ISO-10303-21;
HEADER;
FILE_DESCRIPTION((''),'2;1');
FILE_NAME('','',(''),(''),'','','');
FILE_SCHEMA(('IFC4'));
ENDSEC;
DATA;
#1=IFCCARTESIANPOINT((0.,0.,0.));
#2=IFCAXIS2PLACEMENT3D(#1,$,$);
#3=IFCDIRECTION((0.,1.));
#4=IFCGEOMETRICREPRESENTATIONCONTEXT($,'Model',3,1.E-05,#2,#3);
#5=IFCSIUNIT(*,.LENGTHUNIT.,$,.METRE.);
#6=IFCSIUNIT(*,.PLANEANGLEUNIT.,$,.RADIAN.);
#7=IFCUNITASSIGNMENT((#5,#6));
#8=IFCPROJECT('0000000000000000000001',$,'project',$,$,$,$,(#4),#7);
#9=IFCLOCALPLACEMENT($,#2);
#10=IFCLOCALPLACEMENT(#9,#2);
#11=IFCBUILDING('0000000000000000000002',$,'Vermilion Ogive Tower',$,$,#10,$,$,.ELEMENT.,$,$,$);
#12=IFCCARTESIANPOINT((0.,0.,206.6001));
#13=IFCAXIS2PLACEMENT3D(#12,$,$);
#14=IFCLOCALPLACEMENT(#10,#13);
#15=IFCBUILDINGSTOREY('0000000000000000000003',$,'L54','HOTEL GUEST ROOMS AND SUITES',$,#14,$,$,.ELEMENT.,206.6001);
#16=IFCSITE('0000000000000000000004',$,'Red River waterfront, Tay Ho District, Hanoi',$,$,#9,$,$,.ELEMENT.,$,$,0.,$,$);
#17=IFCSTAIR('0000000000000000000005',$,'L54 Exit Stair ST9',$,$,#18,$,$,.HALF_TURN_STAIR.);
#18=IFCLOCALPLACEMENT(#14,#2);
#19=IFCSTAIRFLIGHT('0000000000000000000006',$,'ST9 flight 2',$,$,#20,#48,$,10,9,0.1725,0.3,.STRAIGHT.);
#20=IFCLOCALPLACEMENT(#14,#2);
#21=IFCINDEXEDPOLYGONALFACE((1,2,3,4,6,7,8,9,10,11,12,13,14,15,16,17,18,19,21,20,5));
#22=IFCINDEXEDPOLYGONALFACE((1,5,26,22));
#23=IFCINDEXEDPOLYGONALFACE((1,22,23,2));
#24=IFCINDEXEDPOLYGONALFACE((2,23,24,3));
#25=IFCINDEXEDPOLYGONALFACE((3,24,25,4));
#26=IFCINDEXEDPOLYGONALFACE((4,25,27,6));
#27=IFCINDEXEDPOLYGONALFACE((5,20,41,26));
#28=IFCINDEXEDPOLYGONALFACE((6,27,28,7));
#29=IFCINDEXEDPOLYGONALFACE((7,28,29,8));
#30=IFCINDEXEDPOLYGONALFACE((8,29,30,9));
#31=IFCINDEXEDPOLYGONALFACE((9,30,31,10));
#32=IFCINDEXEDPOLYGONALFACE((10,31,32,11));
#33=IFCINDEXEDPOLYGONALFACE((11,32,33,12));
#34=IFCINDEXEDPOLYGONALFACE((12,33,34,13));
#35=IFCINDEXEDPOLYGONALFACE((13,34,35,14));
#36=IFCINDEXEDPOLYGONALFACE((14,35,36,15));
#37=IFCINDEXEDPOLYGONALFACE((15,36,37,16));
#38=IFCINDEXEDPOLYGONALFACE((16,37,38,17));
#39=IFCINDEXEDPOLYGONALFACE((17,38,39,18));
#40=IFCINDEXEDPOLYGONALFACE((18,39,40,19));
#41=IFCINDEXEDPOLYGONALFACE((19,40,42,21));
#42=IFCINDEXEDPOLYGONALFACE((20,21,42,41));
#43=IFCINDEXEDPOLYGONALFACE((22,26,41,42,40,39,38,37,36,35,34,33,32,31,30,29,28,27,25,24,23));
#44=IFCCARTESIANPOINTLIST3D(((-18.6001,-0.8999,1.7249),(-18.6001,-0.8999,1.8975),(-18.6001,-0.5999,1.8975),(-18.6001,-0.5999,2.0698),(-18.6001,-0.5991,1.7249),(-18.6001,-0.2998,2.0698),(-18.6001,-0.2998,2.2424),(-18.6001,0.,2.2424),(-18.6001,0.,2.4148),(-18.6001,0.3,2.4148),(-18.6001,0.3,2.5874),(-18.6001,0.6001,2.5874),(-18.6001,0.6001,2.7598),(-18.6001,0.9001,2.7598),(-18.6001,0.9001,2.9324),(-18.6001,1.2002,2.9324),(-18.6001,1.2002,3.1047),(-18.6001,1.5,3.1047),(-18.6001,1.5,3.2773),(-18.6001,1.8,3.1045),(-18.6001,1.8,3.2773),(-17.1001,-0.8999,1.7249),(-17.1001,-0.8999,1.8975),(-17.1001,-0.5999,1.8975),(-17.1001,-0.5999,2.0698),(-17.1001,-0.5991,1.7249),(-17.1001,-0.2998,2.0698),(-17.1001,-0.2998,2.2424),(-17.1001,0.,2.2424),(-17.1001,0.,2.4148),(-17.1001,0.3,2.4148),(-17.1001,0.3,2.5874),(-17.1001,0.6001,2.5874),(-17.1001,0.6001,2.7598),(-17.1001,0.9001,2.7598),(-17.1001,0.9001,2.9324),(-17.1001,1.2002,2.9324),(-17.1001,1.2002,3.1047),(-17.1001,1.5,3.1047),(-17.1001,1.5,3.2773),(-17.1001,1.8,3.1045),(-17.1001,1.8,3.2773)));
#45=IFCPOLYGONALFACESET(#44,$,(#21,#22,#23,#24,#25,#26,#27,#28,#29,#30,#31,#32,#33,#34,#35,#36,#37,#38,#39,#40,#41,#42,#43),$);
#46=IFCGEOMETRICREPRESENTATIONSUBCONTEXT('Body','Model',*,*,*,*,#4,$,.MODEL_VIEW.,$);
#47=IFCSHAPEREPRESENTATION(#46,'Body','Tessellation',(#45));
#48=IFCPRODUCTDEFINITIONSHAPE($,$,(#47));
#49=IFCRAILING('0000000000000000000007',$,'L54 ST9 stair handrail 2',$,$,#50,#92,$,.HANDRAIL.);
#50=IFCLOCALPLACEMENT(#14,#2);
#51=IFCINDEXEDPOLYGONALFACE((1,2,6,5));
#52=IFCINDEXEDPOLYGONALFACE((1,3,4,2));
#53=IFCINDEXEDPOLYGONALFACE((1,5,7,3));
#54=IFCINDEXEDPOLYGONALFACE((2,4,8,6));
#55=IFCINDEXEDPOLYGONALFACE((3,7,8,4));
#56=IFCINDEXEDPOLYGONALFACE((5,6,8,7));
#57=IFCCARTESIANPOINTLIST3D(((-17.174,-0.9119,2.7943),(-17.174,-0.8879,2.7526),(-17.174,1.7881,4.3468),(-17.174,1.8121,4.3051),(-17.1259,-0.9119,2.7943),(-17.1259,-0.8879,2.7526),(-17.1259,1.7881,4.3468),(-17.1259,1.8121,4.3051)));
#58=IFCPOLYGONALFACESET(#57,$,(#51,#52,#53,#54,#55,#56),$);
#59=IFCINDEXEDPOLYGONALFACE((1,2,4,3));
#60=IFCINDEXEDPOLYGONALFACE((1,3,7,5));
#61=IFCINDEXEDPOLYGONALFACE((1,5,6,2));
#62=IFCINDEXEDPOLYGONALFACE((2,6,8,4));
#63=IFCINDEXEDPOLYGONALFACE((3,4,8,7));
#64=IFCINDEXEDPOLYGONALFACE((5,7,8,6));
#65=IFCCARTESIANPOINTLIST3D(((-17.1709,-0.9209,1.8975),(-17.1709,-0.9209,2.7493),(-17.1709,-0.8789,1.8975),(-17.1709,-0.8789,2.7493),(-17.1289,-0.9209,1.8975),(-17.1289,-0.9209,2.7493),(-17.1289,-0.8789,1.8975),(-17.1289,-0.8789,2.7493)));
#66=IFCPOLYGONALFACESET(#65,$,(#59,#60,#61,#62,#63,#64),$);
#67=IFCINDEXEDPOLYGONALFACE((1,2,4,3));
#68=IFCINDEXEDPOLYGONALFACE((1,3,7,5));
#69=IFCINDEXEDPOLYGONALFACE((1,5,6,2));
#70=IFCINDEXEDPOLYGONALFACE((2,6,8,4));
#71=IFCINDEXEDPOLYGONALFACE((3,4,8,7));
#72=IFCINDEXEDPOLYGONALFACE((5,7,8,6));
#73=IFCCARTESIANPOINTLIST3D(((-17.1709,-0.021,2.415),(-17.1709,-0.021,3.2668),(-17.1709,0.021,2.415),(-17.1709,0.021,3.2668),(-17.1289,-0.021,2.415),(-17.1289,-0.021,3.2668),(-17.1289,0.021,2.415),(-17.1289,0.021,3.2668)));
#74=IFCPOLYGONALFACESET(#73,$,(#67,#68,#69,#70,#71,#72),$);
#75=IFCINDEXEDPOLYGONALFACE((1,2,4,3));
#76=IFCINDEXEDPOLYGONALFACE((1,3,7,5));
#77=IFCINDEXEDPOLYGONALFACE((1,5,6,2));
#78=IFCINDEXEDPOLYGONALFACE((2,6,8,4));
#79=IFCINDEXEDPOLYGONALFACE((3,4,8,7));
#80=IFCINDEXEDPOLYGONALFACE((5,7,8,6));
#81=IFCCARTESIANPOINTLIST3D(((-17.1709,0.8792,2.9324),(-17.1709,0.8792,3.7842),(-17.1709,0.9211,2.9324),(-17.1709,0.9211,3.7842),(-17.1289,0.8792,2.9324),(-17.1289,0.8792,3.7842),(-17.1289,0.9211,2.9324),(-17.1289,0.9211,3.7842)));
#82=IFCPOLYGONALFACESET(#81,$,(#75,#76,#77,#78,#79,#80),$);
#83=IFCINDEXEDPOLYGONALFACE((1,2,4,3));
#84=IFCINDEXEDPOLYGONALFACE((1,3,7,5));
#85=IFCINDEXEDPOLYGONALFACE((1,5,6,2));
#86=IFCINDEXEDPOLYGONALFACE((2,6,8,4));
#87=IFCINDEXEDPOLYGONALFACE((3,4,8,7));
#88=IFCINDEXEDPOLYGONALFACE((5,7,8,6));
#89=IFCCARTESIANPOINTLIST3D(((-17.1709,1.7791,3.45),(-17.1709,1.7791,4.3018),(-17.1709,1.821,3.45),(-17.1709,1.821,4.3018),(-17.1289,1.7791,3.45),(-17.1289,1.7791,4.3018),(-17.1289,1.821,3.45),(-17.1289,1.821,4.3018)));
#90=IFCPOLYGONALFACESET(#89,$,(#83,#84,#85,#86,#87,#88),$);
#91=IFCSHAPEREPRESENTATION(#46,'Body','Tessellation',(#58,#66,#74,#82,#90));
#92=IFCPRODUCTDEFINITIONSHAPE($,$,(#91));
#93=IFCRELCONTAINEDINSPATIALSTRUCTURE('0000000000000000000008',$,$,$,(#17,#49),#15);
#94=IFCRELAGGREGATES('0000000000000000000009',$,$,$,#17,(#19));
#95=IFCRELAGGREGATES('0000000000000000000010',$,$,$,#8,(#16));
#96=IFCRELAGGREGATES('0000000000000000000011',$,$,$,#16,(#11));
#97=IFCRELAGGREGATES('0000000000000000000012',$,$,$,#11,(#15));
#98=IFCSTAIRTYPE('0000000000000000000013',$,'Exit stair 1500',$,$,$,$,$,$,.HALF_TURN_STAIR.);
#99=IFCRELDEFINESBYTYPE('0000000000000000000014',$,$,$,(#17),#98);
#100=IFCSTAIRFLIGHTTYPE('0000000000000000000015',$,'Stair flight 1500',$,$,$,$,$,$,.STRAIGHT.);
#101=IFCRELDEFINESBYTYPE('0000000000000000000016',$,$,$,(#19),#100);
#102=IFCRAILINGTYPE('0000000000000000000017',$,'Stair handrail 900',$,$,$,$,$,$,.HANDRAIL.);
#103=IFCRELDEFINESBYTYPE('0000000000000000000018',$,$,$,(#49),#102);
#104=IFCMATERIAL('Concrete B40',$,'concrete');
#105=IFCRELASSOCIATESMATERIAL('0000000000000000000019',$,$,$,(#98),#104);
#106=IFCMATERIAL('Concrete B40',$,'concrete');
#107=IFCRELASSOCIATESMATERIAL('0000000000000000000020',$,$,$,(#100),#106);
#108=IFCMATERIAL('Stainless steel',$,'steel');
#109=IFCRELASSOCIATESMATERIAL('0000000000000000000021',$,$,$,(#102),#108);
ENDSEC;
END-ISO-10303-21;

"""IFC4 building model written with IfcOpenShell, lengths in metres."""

from ifc_helpers import new_model, si_unit, direction, frame, origin, origin_2d, place, context, subcontext, project, spatial, polyline, rectangle, outline, extrude, material, type_object, element, aggregate, save


model = new_model("IFC4")

# Units and contexts
model_context = context("Model", 3, precision=1e-05, world=origin(), true_north=direction((0.0, 1.0)))
body_context = subcontext(model_context, "Body", "Model", "MODEL_VIEW")
ifc_project = project(units=[si_unit("LENGTHUNIT", "METRE"), si_unit("PLANEANGLEUNIT", "RADIAN")], contexts=[model_context])

# Site, building, storey
site_placement = place(None, origin())
site = spatial("IfcSite", under=ifc_project, at=site_placement, Name="Red River waterfront, Tay Ho District, Hanoi", CompositionType="ELEMENT", RefElevation=0.0)
building_placement = place(site_placement, origin())
building = spatial("IfcBuilding", under=site, at=building_placement, Name="Vermilion Ogive Tower", CompositionType="ELEMENT")
storey_placement = place(building_placement, frame((0.0, 0.0, 206.6001)))
storey = spatial("IfcBuildingStorey", under=building, at=storey_placement, Name="L54", Description="HOTEL GUEST ROOMS AND SUITES", CompositionType="ELEMENT", Elevation=206.6001)

# Stair, stair flight
ifc_material_1 = material(Name="Concrete B40", Category="concrete")
stair_type = type_object("IfcStairType", Name="Exit stair 1500", PredefinedType="HALF_TURN_STAIR", material=ifc_material_1)
stair_placement = place(storey_placement, origin())
stair = element("IfcStair", 1, at=stair_placement, inside=storey, type_object=stair_type, Name="L54 Exit Stair ST9", PredefinedType="HALF_TURN_STAIR")
ifc_material_2 = material(Name="Concrete B40", Category="concrete")
stair_flight_type = type_object("IfcStairFlightType", Name="Stair flight 1500", PredefinedType="STRAIGHT", material=ifc_material_2)
stair_flight_placement = place(storey_placement, frame((-17.8501, -0.8999, 1.7249), z_axis=(0.0, 0.0, 1.0), x_axis=(0.0, 1.0, 0.0)))
stair_flight = element("IfcStairFlight", 2, at=stair_flight_placement, type_object=stair_flight_type, Name="ST9 flight 2", NumberOfRisers=10, NumberOfTreads=9, PredefinedType="STRAIGHT", RiserHeight=0.1725, TreadLength=0.3, context=body_context, shape_type="SweptSolid", body=[
    extrude(outline(polyline([(0.0, 0.0), (0.0, 0.1726), (0.3, 0.1726), (0.3, 0.345), (0.6001, 0.345), (0.6001, 0.5176), (0.8999, 0.5176), (0.8999, 0.6899), (1.2, 0.6899), (1.2, 0.8625), (1.5, 0.8625), (1.5, 1.0349), (1.8, 1.0349), (1.8, 1.2075), (2.1001, 1.2075), (2.1001, 1.3799), (2.3999, 1.3799), (2.3999, 1.5525), (2.7, 1.5525), (2.7, 1.7251), (2.7, 1.3796), (0.3008, 0.0), (0.0, 0.0)])), frame((0.0, 0.75, 0.0), z_axis=(0.0, -1.0, 0.0), x_axis=(1.0, 0.0, 0.0)), (0.0, 0.0, 1.0), 1.5),
])
aggregate(stair, [stair_flight])

# Railing
ifc_material_3 = material(Name="Stainless steel", Category="steel")
railing_type = type_object("IfcRailingType", Name="Stair handrail 900", PredefinedType="HANDRAIL", material=ifc_material_3)
railing_placement = place(storey_placement, frame((-17.1499, -0.8999, 1.8975)))
element("IfcRailing", 3, at=railing_placement, inside=storey, type_object=railing_type, Name="L54 ST9 stair handrail 2", PredefinedType="HANDRAIL", context=body_context, shape_type="SweptSolid", body=[
    extrude(rectangle(XDim=0.0481, YDim=0.0481, at=origin_2d()), frame((0.0, 0.0, 0.876), z_axis=(0.0, 0.866904, 0.498476), x_axis=(-1.0, 0.0, 0.0)), (0.0, 0.0, 1.0), 3.1145),
    extrude(rectangle(XDim=0.042, YDim=0.042, at=origin_2d()), origin(), (0.0, 0.0, 1.0), 0.8518),
    extrude(rectangle(XDim=0.042, YDim=0.042, at=origin_2d()), frame((0.0, 0.8999, 0.5176)), (0.0, 0.0, 1.0), 0.8518),
    extrude(rectangle(XDim=0.042, YDim=0.042, at=origin_2d()), frame((0.0, 1.8, 1.0349)), (0.0, 0.0, 1.0), 0.8518),
    extrude(rectangle(XDim=0.042, YDim=0.042, at=origin_2d()), frame((0.0, 2.7, 1.5525)), (0.0, 0.0, 1.0), 0.8518),
])

save(model, "model.ifc")
